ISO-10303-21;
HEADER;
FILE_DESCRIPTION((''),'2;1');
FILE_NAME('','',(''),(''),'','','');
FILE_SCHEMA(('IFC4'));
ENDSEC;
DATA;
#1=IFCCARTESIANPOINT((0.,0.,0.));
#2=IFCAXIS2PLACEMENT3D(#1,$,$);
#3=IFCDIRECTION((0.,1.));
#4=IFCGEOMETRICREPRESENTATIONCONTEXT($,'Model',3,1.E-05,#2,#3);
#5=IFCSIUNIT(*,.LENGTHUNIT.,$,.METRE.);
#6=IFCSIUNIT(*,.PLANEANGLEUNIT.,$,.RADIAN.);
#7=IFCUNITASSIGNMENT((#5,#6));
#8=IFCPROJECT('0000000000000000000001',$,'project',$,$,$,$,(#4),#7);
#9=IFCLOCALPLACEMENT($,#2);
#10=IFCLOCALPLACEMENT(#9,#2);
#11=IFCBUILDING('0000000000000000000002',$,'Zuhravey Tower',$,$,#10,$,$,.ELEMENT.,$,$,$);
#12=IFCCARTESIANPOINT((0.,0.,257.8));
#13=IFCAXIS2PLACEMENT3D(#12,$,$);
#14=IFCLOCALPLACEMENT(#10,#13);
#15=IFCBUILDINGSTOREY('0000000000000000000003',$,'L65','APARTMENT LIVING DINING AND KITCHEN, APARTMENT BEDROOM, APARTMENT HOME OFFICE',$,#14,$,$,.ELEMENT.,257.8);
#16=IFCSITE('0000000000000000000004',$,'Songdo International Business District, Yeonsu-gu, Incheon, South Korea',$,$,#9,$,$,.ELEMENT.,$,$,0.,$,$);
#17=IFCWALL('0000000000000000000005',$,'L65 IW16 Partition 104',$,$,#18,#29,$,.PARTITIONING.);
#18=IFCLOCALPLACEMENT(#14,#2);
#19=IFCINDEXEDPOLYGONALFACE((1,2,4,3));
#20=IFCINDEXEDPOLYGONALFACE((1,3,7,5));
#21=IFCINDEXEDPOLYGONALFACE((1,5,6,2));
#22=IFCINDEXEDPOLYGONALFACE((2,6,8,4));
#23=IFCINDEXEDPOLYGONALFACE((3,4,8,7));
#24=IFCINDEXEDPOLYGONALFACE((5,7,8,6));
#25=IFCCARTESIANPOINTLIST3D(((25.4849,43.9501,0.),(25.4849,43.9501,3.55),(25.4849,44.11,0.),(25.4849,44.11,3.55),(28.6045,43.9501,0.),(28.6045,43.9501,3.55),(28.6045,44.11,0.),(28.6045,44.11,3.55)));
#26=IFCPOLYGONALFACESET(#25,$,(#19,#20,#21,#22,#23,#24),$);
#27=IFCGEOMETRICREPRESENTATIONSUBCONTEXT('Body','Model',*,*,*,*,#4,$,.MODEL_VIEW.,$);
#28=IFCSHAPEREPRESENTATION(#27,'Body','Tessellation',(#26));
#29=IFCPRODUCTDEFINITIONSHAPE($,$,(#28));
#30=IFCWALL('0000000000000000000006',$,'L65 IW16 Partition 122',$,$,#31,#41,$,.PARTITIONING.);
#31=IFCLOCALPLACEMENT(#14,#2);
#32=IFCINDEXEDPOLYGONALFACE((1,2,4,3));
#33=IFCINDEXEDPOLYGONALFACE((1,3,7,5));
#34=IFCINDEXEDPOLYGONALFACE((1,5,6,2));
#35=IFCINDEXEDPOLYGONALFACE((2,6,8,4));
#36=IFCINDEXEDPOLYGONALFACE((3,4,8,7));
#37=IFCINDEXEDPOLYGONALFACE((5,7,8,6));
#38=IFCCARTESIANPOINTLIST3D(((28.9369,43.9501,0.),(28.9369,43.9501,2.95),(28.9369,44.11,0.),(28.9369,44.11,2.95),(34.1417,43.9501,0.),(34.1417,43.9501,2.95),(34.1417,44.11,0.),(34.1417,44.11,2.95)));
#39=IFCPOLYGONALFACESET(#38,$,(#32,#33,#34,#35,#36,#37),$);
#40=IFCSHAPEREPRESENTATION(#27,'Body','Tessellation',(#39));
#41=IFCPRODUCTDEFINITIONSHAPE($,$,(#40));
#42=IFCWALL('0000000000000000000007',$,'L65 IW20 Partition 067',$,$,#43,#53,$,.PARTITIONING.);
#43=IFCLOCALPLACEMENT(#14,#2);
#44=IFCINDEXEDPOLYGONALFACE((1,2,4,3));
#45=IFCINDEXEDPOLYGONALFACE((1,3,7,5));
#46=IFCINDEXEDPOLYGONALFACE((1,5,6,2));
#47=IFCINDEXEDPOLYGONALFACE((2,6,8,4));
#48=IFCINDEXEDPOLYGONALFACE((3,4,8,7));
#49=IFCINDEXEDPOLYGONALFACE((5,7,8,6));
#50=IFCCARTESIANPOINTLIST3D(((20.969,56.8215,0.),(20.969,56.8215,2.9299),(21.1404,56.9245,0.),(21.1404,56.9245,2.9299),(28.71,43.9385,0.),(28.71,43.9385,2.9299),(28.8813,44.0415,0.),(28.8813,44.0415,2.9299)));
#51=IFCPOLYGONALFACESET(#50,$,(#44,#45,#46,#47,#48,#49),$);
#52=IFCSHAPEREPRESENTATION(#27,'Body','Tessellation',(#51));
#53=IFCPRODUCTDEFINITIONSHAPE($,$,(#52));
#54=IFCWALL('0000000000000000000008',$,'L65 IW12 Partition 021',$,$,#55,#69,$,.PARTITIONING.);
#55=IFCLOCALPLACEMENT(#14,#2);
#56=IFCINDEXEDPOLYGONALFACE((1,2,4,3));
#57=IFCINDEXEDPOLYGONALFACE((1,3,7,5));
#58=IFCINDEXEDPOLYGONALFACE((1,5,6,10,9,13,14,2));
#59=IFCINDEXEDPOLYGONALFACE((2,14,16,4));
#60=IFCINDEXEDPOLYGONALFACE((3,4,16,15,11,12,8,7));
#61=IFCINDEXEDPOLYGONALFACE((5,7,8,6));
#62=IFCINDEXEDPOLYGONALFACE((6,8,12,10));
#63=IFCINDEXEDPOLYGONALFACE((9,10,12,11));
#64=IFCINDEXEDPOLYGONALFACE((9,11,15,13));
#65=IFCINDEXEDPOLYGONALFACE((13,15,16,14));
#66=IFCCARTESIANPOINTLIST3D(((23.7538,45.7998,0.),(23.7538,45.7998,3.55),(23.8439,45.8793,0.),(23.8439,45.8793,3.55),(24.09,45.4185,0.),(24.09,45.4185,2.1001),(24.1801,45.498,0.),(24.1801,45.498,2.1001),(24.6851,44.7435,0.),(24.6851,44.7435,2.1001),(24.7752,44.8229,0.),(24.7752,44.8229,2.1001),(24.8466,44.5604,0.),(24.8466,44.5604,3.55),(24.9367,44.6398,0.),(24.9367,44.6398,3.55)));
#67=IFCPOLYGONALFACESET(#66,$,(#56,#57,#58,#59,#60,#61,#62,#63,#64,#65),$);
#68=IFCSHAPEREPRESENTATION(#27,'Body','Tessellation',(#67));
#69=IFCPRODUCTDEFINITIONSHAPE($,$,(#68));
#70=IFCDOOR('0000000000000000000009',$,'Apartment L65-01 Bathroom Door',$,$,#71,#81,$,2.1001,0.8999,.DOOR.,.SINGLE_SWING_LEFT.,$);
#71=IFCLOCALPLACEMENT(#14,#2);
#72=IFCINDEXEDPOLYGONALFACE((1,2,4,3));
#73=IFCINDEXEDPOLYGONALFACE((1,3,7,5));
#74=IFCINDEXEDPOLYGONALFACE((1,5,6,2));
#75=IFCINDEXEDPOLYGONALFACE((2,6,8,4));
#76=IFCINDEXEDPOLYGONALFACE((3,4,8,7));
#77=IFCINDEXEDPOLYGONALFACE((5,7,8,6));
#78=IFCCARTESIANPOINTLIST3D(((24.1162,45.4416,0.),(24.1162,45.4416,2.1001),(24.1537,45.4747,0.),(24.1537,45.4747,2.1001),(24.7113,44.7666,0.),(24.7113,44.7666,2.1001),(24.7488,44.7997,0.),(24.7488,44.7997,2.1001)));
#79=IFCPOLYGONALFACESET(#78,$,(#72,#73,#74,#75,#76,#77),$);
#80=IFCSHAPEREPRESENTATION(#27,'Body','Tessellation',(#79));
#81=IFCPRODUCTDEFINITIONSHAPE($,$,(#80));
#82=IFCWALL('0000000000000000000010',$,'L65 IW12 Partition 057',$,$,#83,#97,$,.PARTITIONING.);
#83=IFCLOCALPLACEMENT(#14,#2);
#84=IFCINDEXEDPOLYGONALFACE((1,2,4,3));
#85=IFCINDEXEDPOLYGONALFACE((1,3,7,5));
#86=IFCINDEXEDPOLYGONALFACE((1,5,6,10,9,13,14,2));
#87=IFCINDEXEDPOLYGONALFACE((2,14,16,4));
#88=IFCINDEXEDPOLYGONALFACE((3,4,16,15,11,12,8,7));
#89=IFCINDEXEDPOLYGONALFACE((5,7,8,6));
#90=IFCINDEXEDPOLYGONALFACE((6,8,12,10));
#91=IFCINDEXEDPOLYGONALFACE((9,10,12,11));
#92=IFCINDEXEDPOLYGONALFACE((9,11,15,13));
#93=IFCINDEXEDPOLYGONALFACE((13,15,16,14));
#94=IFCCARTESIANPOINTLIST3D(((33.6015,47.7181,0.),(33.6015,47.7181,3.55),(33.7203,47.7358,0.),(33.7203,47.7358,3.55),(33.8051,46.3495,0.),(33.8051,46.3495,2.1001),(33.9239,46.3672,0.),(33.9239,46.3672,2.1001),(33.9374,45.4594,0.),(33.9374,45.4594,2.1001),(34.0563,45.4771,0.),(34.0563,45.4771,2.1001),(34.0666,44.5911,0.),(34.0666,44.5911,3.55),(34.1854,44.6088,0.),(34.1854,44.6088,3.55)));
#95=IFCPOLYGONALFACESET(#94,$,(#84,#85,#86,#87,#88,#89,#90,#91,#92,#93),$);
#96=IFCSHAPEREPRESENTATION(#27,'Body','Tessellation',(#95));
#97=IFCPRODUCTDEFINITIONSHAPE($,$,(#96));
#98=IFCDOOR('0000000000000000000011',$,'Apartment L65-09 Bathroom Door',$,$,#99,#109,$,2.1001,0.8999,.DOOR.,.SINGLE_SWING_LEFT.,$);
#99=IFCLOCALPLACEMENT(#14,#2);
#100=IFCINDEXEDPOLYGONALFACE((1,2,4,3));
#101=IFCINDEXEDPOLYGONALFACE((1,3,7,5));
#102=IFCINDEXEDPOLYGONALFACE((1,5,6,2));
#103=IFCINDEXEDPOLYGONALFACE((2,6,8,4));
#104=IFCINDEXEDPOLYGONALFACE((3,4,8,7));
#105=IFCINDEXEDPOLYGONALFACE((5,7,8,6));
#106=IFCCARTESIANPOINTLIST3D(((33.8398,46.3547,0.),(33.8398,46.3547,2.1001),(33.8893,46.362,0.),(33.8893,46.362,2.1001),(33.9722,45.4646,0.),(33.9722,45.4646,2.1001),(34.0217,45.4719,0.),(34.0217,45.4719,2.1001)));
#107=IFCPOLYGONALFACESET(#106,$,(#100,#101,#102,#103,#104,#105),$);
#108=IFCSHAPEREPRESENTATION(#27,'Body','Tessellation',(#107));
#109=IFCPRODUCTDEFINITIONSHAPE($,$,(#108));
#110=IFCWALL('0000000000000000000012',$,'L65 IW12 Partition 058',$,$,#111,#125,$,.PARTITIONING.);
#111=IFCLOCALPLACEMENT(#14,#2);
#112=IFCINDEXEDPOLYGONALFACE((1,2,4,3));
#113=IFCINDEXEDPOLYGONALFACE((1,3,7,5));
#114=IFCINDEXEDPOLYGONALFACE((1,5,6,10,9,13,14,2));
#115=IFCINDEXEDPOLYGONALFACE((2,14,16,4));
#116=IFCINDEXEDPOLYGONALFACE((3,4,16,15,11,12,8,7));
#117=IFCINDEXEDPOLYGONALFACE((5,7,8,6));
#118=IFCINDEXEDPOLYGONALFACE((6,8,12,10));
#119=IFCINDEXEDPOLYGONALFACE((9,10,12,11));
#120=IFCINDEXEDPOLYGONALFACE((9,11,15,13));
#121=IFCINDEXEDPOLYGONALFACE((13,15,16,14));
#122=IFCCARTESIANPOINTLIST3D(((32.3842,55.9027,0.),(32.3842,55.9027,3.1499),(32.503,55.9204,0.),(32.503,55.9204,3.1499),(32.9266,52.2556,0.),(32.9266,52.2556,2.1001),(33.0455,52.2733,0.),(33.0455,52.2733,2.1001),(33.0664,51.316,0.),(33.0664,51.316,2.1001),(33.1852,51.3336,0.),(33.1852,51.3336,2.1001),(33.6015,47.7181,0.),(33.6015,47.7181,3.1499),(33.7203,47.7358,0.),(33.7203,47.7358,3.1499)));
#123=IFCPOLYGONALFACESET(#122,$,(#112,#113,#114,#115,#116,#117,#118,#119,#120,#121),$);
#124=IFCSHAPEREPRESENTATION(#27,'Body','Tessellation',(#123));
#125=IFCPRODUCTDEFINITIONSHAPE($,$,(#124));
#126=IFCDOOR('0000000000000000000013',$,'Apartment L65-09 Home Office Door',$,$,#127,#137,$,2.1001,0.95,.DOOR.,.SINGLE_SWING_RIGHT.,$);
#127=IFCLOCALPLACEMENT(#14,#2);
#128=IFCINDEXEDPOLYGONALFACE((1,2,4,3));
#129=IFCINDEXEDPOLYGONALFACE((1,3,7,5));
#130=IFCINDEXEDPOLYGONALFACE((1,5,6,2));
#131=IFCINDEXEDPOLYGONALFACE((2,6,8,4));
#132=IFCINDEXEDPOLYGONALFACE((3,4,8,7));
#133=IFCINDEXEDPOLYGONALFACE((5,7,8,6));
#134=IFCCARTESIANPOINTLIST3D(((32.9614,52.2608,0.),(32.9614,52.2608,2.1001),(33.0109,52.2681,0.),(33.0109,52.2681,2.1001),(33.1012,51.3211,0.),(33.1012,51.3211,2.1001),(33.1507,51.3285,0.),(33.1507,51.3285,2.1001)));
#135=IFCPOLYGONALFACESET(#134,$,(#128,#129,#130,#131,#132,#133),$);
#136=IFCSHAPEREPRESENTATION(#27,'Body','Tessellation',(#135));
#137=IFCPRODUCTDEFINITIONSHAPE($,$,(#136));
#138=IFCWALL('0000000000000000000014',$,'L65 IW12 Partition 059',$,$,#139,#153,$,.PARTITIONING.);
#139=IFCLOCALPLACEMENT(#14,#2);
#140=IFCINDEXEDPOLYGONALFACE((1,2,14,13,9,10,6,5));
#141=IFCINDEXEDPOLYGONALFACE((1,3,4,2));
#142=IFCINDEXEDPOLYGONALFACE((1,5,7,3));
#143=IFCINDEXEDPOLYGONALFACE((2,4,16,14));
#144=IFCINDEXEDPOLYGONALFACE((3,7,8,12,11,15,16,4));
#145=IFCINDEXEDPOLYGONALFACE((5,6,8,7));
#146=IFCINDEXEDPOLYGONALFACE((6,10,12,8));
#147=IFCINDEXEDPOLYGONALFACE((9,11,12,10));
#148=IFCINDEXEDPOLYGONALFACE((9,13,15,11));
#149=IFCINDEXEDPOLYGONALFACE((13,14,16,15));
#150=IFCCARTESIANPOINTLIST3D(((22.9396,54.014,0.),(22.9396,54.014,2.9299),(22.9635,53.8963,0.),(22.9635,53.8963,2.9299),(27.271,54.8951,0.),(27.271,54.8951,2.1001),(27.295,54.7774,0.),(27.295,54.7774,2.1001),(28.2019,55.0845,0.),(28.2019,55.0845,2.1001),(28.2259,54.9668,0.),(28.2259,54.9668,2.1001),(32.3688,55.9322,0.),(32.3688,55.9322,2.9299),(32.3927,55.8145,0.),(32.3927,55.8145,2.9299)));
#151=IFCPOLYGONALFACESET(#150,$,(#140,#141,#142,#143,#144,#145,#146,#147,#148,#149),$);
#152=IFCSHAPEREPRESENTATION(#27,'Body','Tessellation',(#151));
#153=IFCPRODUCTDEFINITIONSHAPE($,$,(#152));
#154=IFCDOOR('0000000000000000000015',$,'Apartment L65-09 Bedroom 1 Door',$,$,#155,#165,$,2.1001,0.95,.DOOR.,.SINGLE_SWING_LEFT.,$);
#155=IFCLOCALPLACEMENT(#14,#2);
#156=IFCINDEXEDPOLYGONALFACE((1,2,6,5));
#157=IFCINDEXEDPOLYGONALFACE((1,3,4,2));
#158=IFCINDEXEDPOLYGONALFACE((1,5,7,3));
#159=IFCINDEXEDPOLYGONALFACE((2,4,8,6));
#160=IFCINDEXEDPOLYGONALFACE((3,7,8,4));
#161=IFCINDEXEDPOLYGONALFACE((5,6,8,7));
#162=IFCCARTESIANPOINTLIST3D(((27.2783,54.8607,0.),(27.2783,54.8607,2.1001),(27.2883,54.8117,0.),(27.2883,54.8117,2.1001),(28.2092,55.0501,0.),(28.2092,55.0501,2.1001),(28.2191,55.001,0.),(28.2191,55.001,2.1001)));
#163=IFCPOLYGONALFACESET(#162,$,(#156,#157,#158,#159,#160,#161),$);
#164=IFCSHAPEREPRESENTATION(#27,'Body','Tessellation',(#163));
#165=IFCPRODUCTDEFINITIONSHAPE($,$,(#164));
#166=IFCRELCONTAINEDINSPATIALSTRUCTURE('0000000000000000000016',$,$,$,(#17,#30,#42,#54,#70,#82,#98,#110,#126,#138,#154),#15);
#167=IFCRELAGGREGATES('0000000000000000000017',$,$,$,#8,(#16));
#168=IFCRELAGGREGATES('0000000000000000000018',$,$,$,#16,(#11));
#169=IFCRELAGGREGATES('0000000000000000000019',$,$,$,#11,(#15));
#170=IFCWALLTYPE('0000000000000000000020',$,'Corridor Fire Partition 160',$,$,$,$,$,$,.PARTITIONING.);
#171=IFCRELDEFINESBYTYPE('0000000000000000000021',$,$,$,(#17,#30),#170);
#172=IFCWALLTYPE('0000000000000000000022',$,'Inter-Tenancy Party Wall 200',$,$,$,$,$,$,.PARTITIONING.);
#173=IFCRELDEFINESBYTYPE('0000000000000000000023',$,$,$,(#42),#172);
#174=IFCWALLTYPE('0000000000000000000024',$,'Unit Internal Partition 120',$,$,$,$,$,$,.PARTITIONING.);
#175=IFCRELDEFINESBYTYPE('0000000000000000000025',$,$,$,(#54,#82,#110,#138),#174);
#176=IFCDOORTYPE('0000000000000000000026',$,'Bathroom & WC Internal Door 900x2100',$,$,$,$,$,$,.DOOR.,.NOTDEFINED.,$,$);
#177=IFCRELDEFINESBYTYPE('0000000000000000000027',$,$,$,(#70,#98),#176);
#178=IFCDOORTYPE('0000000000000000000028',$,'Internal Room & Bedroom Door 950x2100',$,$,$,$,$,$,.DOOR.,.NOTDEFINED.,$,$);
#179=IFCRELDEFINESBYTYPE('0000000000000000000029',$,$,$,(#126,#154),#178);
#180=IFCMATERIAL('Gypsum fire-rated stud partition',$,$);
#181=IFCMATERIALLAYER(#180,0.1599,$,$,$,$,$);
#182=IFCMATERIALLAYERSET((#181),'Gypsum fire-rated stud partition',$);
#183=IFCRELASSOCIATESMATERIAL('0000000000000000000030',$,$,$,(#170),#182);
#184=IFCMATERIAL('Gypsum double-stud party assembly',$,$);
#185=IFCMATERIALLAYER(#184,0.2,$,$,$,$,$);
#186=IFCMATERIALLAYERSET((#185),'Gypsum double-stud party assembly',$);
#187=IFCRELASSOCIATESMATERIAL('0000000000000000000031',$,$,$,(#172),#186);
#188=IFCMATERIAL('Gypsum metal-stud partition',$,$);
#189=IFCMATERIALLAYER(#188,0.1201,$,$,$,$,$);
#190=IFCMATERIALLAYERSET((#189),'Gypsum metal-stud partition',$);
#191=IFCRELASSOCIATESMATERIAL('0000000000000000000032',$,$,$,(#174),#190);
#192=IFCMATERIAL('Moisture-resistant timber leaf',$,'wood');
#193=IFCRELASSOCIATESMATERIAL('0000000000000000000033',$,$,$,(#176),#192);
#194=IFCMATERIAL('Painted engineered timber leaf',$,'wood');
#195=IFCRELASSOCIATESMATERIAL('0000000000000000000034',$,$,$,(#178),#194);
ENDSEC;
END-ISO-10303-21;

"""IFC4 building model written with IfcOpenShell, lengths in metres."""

from ifc_helpers import new_model, si_unit, direction, frame, frame_2d, origin, place, context, subcontext, project, spatial, rectangle, extrude, material, layer, layer_set, type_object, element, fill, save


model = new_model("IFC4")

# Units and contexts
model_context = context("Model", 3, precision=1e-05, world=origin(), true_north=direction((0.0, 1.0)))
body_context = subcontext(model_context, "Body", "Model", "MODEL_VIEW")
ifc_project = project(units=[si_unit("LENGTHUNIT", "METRE"), si_unit("PLANEANGLEUNIT", "RADIAN")], contexts=[model_context])

# Site, building, storey
site_placement = place(None, origin())
site = spatial("IfcSite", under=ifc_project, at=site_placement, Name="Songdo International Business District, Yeonsu-gu, Incheon, South Korea", CompositionType="ELEMENT", RefElevation=0.0)
building_placement = place(site_placement, origin())
building = spatial("IfcBuilding", under=site, at=building_placement, Name="Zuhravey Tower", CompositionType="ELEMENT")
storey_placement = place(building_placement, frame((0.0, 0.0, 257.8)))
storey = spatial("IfcBuildingStorey", under=building, at=storey_placement, Name="L65", Description="APARTMENT LIVING DINING AND KITCHEN, APARTMENT BEDROOM, APARTMENT HOME OFFICE", CompositionType="ELEMENT", Elevation=257.8)

# Walls
ifc_material_1 = material(Name="Gypsum fire-rated stud partition")
ifc_layer_1 = layer(ifc_material_1, 0.1599)
ifc_layer_set_1 = layer_set([ifc_layer_1], Name="Gypsum fire-rated stud partition")
wall_type_1 = type_object("IfcWallType", Name="Corridor Fire Partition 160", PredefinedType="PARTITIONING", material=ifc_layer_set_1)
wall_1_placement = place(storey_placement, frame((28.6045, 44.03, 0.0), z_axis=(0.0, 0.0, 1.0), x_axis=(-1.0, 0.0, 0.0)))
element("IfcWall", 1, at=wall_1_placement, inside=storey, type_object=wall_type_1, Name="L65 IW16 Partition 104", PredefinedType="PARTITIONING", context=body_context, shape_type="SweptSolid", body=[
    extrude(rectangle(XDim=3.1196, YDim=0.1599, at=frame_2d((1.5598, 0.0))), origin(), (0.0, 0.0, 1.0), 3.55),
])
wall_2_placement = place(storey_placement, frame((34.1418, 44.03, 0.0), z_axis=(0.0, 0.0, 1.0), x_axis=(-1.0, 0.0, 0.0)))
element("IfcWall", 2, at=wall_2_placement, inside=storey, type_object=wall_type_1, Name="L65 IW16 Partition 122", PredefinedType="PARTITIONING", context=body_context, shape_type="SweptSolid", body=[
    extrude(rectangle(XDim=5.2048, YDim=0.1599, at=frame_2d((2.6025, 0.0))), origin(), (0.0, 0.0, 1.0), 2.95),
])
ifc_material_2 = material(Name="Gypsum double-stud party assembly")
ifc_layer_2 = layer(ifc_material_2, 0.2)
ifc_layer_set_2 = layer_set([ifc_layer_2], Name="Gypsum double-stud party assembly")
wall_type_2 = type_object("IfcWallType", Name="Inter-Tenancy Party Wall 200", PredefinedType="PARTITIONING", material=ifc_layer_set_2)
wall_3_placement = place(storey_placement, frame((28.7957, 43.99, 0.0), z_axis=(0.0, 0.0, 1.0), x_axis=(-0.51504, 0.857166, 0.0)))
element("IfcWall", 3, at=wall_3_placement, inside=storey, type_object=wall_type_2, Name="L65 IW20 Partition 067", PredefinedType="PARTITIONING", context=body_context, shape_type="SweptSolid", body=[
    extrude(rectangle(XDim=15.0298, YDim=0.2, at=frame_2d((7.5149, 0.0))), origin(), (0.0, 0.0, 1.0), 2.9299),
])

# Walls, openings, doors
ifc_material_3 = material(Name="Gypsum metal-stud partition")
ifc_layer_3 = layer(ifc_material_3, 0.1201)
ifc_layer_set_3 = layer_set([ifc_layer_3], Name="Gypsum metal-stud partition")
wall_type_3 = type_object("IfcWallType", Name="Unit Internal Partition 120", PredefinedType="PARTITIONING", material=ifc_layer_set_3)
wall_4_placement = place(storey_placement, frame((24.8916, 44.6001, 0.0), z_axis=(0.0, 0.0, 1.0), x_axis=(-0.661314, 0.750109, 0.0)))
wall_4 = element("IfcWall", 4, at=wall_4_placement, inside=storey, type_object=wall_type_3, Name="L65 IW12 Partition 021", PredefinedType="PARTITIONING", context=body_context, shape_type="SweptSolid", body=[
    extrude(rectangle(XDim=1.6523, YDim=0.1201, at=frame_2d((0.8262, 0.0))), origin(), (0.0, 0.0, 1.0), 3.55),
])
opening_1_placement = place(wall_4_placement, frame((0.2441, 0.0, 0.0)))
opening_1 = element("IfcOpeningElement", 5, at=opening_1_placement, cuts=wall_4, PredefinedType="OPENING", context=body_context, shape_type="SweptSolid", body=[
    extrude(rectangle(XDim=0.8999, YDim=2.1001, at=frame_2d((0.45, 1.05))), frame((0.0, 0.072, 0.0), z_axis=(0.0, -1.0, 0.0), x_axis=(1.0, 0.0, 0.0)), (0.0, 0.0, 1.0), 0.144),
])
ifc_material_4 = material(Name="Moisture-resistant timber leaf", Category="wood")
door_type_1 = type_object("IfcDoorType", Name="Bathroom & WC Internal Door 900x2100", OperationType="NOTDEFINED", PredefinedType="DOOR", material=ifc_material_4)
door_1_placement = place(opening_1_placement, frame((0.8999, 0.0, 0.0), z_axis=(0.0, 0.0, 1.0), x_axis=(-1.0, 0.0, 0.0)))
door_1 = element("IfcDoor", 6, at=door_1_placement, inside=storey, type_object=door_type_1, Name="Apartment L65-01 Bathroom Door", OperationType="SINGLE_SWING_LEFT", OverallHeight=2.1001, OverallWidth=0.8999, PredefinedType="DOOR", context=body_context, shape_type="SweptSolid", body=[
    extrude(rectangle(XDim=0.8999, YDim=2.1001, at=frame_2d((0.45, 1.05))), frame((0.0, 0.0249, 0.0), z_axis=(0.0, -1.0, 0.0), x_axis=(1.0, 0.0, 0.0)), (0.0, 0.0, 1.0), 0.05),
])
fill(opening_1, door_1)
wall_5_placement = place(storey_placement, frame((34.126, 44.6001, 0.0), z_axis=(0.0, 0.0, 1.0), x_axis=(-0.147117, 0.989119, 0.0)))
wall_5 = element("IfcWall", 7, at=wall_5_placement, inside=storey, type_object=wall_type_3, Name="L65 IW12 Partition 057", PredefinedType="PARTITIONING", context=body_context, shape_type="SweptSolid", body=[
    extrude(rectangle(XDim=3.1614, YDim=0.1201, at=frame_2d((1.5806, 0.0))), origin(), (0.0, 0.0, 1.0), 3.55),
])
opening_2_placement = place(wall_5_placement, frame((0.8777, 0.0, 0.0)))
opening_2 = element("IfcOpeningElement", 8, at=opening_2_placement, cuts=wall_5, PredefinedType="OPENING", context=body_context, shape_type="SweptSolid", body=[
    extrude(rectangle(XDim=0.8999, YDim=2.1001, at=frame_2d((0.45, 1.05))), frame((0.0, 0.072, 0.0), z_axis=(0.0, -1.0, 0.0), x_axis=(1.0, 0.0, 0.0)), (0.0, 0.0, 1.0), 0.144),
])
door_2_placement = place(opening_2_placement, origin())
door_2 = element("IfcDoor", 9, at=door_2_placement, inside=storey, type_object=door_type_1, Name="Apartment L65-09 Bathroom Door", OperationType="SINGLE_SWING_LEFT", OverallHeight=2.1001, OverallWidth=0.8999, PredefinedType="DOOR", context=body_context, shape_type="SweptSolid", body=[
    extrude(rectangle(XDim=0.8999, YDim=2.1001, at=frame_2d((0.45, 1.05))), frame((0.0, 0.0249, 0.0), z_axis=(0.0, -1.0, 0.0), x_axis=(1.0, 0.0, 0.0)), (0.0, 0.0, 1.0), 0.05),
])
fill(opening_2, door_2)
wall_6_placement = place(storey_placement, frame((33.6609, 47.7271, 0.0), z_axis=(0.0, 0.0, 1.0), x_axis=(-0.147111, 0.98912, 0.0)))
wall_6 = element("IfcWall", 10, at=wall_6_placement, inside=storey, type_object=wall_type_3, Name="L65 IW12 Partition 058", PredefinedType="PARTITIONING", context=body_context, shape_type="SweptSolid", body=[
    extrude(rectangle(XDim=8.2747, YDim=0.1201, at=frame_2d((4.1372, 0.0))), origin(), (0.0, 0.0, 1.0), 3.1499),
])
opening_3_placement = place(wall_6_placement, frame((3.6372, 0.0, 0.0)))
opening_3 = element("IfcOpeningElement", 11, at=opening_3_placement, cuts=wall_6, PredefinedType="OPENING", context=body_context, shape_type="SweptSolid", body=[
    extrude(rectangle(XDim=0.95, YDim=2.1001, at=frame_2d((0.4751, 1.05))), frame((0.0, 0.072, 0.0), z_axis=(0.0, -1.0, 0.0), x_axis=(1.0, 0.0, 0.0)), (0.0, 0.0, 1.0), 0.144),
])
ifc_material_5 = material(Name="Painted engineered timber leaf", Category="wood")
door_type_2 = type_object("IfcDoorType", Name="Internal Room & Bedroom Door 950x2100", OperationType="NOTDEFINED", PredefinedType="DOOR", material=ifc_material_5)
door_3_placement = place(opening_3_placement, origin())
door_3 = element("IfcDoor", 12, at=door_3_placement, inside=storey, type_object=door_type_2, Name="Apartment L65-09 Home Office Door", OperationType="SINGLE_SWING_RIGHT", OverallHeight=2.1001, OverallWidth=0.95, PredefinedType="DOOR", context=body_context, shape_type="SweptSolid", body=[
    extrude(rectangle(XDim=0.95, YDim=2.1001, at=frame_2d((0.4751, 1.05))), frame((0.0, 0.0249, 0.0), z_axis=(0.0, -1.0, 0.0), x_axis=(1.0, 0.0, 0.0)), (0.0, 0.0, 1.0), 0.05),
])
fill(opening_3, door_3)
wall_7_placement = place(storey_placement, frame((32.3806, 55.8733, 0.0), z_axis=(0.0, 0.0, 1.0), x_axis=(-0.979928, -0.19935, 0.0)))
wall_7 = element("IfcWall", 13, at=wall_7_placement, inside=storey, type_object=wall_type_3, Name="L65 IW12 Partition 059", PredefinedType="PARTITIONING", context=body_context, shape_type="SweptSolid", body=[
    extrude(rectangle(XDim=9.6223, YDim=0.1201, at=frame_2d((4.811, 0.0))), origin(), (0.0, 0.0, 1.0), 2.9299),
])
opening_4_placement = place(wall_7_placement, frame((4.252, 0.0, 0.0)))
opening_4 = element("IfcOpeningElement", 14, at=opening_4_placement, cuts=wall_7, PredefinedType="OPENING", context=body_context, shape_type="SweptSolid", body=[
    extrude(rectangle(XDim=0.95, YDim=2.1001, at=frame_2d((0.4751, 1.05))), frame((0.0, 0.072, 0.0), z_axis=(0.0, -1.0, 0.0), x_axis=(1.0, 0.0, 0.0)), (0.0, 0.0, 1.0), 0.144),
])
door_4_placement = place(opening_4_placement, frame((0.95, 0.0, 0.0), z_axis=(0.0, 0.0, 1.0), x_axis=(-1.0, 0.0, 0.0)))
door_4 = element("IfcDoor", 15, at=door_4_placement, inside=storey, type_object=door_type_2, Name="Apartment L65-09 Bedroom 1 Door", OperationType="SINGLE_SWING_LEFT", OverallHeight=2.1001, OverallWidth=0.95, PredefinedType="DOOR", context=body_context, shape_type="SweptSolid", body=[
    extrude(rectangle(XDim=0.95, YDim=2.1001, at=frame_2d((0.4751, 1.05))), frame((0.0, 0.0249, 0.0), z_axis=(0.0, -1.0, 0.0), x_axis=(1.0, 0.0, 0.0)), (0.0, 0.0, 1.0), 0.05),
])
fill(opening_4, door_4)

save(model, "model.ifc")
